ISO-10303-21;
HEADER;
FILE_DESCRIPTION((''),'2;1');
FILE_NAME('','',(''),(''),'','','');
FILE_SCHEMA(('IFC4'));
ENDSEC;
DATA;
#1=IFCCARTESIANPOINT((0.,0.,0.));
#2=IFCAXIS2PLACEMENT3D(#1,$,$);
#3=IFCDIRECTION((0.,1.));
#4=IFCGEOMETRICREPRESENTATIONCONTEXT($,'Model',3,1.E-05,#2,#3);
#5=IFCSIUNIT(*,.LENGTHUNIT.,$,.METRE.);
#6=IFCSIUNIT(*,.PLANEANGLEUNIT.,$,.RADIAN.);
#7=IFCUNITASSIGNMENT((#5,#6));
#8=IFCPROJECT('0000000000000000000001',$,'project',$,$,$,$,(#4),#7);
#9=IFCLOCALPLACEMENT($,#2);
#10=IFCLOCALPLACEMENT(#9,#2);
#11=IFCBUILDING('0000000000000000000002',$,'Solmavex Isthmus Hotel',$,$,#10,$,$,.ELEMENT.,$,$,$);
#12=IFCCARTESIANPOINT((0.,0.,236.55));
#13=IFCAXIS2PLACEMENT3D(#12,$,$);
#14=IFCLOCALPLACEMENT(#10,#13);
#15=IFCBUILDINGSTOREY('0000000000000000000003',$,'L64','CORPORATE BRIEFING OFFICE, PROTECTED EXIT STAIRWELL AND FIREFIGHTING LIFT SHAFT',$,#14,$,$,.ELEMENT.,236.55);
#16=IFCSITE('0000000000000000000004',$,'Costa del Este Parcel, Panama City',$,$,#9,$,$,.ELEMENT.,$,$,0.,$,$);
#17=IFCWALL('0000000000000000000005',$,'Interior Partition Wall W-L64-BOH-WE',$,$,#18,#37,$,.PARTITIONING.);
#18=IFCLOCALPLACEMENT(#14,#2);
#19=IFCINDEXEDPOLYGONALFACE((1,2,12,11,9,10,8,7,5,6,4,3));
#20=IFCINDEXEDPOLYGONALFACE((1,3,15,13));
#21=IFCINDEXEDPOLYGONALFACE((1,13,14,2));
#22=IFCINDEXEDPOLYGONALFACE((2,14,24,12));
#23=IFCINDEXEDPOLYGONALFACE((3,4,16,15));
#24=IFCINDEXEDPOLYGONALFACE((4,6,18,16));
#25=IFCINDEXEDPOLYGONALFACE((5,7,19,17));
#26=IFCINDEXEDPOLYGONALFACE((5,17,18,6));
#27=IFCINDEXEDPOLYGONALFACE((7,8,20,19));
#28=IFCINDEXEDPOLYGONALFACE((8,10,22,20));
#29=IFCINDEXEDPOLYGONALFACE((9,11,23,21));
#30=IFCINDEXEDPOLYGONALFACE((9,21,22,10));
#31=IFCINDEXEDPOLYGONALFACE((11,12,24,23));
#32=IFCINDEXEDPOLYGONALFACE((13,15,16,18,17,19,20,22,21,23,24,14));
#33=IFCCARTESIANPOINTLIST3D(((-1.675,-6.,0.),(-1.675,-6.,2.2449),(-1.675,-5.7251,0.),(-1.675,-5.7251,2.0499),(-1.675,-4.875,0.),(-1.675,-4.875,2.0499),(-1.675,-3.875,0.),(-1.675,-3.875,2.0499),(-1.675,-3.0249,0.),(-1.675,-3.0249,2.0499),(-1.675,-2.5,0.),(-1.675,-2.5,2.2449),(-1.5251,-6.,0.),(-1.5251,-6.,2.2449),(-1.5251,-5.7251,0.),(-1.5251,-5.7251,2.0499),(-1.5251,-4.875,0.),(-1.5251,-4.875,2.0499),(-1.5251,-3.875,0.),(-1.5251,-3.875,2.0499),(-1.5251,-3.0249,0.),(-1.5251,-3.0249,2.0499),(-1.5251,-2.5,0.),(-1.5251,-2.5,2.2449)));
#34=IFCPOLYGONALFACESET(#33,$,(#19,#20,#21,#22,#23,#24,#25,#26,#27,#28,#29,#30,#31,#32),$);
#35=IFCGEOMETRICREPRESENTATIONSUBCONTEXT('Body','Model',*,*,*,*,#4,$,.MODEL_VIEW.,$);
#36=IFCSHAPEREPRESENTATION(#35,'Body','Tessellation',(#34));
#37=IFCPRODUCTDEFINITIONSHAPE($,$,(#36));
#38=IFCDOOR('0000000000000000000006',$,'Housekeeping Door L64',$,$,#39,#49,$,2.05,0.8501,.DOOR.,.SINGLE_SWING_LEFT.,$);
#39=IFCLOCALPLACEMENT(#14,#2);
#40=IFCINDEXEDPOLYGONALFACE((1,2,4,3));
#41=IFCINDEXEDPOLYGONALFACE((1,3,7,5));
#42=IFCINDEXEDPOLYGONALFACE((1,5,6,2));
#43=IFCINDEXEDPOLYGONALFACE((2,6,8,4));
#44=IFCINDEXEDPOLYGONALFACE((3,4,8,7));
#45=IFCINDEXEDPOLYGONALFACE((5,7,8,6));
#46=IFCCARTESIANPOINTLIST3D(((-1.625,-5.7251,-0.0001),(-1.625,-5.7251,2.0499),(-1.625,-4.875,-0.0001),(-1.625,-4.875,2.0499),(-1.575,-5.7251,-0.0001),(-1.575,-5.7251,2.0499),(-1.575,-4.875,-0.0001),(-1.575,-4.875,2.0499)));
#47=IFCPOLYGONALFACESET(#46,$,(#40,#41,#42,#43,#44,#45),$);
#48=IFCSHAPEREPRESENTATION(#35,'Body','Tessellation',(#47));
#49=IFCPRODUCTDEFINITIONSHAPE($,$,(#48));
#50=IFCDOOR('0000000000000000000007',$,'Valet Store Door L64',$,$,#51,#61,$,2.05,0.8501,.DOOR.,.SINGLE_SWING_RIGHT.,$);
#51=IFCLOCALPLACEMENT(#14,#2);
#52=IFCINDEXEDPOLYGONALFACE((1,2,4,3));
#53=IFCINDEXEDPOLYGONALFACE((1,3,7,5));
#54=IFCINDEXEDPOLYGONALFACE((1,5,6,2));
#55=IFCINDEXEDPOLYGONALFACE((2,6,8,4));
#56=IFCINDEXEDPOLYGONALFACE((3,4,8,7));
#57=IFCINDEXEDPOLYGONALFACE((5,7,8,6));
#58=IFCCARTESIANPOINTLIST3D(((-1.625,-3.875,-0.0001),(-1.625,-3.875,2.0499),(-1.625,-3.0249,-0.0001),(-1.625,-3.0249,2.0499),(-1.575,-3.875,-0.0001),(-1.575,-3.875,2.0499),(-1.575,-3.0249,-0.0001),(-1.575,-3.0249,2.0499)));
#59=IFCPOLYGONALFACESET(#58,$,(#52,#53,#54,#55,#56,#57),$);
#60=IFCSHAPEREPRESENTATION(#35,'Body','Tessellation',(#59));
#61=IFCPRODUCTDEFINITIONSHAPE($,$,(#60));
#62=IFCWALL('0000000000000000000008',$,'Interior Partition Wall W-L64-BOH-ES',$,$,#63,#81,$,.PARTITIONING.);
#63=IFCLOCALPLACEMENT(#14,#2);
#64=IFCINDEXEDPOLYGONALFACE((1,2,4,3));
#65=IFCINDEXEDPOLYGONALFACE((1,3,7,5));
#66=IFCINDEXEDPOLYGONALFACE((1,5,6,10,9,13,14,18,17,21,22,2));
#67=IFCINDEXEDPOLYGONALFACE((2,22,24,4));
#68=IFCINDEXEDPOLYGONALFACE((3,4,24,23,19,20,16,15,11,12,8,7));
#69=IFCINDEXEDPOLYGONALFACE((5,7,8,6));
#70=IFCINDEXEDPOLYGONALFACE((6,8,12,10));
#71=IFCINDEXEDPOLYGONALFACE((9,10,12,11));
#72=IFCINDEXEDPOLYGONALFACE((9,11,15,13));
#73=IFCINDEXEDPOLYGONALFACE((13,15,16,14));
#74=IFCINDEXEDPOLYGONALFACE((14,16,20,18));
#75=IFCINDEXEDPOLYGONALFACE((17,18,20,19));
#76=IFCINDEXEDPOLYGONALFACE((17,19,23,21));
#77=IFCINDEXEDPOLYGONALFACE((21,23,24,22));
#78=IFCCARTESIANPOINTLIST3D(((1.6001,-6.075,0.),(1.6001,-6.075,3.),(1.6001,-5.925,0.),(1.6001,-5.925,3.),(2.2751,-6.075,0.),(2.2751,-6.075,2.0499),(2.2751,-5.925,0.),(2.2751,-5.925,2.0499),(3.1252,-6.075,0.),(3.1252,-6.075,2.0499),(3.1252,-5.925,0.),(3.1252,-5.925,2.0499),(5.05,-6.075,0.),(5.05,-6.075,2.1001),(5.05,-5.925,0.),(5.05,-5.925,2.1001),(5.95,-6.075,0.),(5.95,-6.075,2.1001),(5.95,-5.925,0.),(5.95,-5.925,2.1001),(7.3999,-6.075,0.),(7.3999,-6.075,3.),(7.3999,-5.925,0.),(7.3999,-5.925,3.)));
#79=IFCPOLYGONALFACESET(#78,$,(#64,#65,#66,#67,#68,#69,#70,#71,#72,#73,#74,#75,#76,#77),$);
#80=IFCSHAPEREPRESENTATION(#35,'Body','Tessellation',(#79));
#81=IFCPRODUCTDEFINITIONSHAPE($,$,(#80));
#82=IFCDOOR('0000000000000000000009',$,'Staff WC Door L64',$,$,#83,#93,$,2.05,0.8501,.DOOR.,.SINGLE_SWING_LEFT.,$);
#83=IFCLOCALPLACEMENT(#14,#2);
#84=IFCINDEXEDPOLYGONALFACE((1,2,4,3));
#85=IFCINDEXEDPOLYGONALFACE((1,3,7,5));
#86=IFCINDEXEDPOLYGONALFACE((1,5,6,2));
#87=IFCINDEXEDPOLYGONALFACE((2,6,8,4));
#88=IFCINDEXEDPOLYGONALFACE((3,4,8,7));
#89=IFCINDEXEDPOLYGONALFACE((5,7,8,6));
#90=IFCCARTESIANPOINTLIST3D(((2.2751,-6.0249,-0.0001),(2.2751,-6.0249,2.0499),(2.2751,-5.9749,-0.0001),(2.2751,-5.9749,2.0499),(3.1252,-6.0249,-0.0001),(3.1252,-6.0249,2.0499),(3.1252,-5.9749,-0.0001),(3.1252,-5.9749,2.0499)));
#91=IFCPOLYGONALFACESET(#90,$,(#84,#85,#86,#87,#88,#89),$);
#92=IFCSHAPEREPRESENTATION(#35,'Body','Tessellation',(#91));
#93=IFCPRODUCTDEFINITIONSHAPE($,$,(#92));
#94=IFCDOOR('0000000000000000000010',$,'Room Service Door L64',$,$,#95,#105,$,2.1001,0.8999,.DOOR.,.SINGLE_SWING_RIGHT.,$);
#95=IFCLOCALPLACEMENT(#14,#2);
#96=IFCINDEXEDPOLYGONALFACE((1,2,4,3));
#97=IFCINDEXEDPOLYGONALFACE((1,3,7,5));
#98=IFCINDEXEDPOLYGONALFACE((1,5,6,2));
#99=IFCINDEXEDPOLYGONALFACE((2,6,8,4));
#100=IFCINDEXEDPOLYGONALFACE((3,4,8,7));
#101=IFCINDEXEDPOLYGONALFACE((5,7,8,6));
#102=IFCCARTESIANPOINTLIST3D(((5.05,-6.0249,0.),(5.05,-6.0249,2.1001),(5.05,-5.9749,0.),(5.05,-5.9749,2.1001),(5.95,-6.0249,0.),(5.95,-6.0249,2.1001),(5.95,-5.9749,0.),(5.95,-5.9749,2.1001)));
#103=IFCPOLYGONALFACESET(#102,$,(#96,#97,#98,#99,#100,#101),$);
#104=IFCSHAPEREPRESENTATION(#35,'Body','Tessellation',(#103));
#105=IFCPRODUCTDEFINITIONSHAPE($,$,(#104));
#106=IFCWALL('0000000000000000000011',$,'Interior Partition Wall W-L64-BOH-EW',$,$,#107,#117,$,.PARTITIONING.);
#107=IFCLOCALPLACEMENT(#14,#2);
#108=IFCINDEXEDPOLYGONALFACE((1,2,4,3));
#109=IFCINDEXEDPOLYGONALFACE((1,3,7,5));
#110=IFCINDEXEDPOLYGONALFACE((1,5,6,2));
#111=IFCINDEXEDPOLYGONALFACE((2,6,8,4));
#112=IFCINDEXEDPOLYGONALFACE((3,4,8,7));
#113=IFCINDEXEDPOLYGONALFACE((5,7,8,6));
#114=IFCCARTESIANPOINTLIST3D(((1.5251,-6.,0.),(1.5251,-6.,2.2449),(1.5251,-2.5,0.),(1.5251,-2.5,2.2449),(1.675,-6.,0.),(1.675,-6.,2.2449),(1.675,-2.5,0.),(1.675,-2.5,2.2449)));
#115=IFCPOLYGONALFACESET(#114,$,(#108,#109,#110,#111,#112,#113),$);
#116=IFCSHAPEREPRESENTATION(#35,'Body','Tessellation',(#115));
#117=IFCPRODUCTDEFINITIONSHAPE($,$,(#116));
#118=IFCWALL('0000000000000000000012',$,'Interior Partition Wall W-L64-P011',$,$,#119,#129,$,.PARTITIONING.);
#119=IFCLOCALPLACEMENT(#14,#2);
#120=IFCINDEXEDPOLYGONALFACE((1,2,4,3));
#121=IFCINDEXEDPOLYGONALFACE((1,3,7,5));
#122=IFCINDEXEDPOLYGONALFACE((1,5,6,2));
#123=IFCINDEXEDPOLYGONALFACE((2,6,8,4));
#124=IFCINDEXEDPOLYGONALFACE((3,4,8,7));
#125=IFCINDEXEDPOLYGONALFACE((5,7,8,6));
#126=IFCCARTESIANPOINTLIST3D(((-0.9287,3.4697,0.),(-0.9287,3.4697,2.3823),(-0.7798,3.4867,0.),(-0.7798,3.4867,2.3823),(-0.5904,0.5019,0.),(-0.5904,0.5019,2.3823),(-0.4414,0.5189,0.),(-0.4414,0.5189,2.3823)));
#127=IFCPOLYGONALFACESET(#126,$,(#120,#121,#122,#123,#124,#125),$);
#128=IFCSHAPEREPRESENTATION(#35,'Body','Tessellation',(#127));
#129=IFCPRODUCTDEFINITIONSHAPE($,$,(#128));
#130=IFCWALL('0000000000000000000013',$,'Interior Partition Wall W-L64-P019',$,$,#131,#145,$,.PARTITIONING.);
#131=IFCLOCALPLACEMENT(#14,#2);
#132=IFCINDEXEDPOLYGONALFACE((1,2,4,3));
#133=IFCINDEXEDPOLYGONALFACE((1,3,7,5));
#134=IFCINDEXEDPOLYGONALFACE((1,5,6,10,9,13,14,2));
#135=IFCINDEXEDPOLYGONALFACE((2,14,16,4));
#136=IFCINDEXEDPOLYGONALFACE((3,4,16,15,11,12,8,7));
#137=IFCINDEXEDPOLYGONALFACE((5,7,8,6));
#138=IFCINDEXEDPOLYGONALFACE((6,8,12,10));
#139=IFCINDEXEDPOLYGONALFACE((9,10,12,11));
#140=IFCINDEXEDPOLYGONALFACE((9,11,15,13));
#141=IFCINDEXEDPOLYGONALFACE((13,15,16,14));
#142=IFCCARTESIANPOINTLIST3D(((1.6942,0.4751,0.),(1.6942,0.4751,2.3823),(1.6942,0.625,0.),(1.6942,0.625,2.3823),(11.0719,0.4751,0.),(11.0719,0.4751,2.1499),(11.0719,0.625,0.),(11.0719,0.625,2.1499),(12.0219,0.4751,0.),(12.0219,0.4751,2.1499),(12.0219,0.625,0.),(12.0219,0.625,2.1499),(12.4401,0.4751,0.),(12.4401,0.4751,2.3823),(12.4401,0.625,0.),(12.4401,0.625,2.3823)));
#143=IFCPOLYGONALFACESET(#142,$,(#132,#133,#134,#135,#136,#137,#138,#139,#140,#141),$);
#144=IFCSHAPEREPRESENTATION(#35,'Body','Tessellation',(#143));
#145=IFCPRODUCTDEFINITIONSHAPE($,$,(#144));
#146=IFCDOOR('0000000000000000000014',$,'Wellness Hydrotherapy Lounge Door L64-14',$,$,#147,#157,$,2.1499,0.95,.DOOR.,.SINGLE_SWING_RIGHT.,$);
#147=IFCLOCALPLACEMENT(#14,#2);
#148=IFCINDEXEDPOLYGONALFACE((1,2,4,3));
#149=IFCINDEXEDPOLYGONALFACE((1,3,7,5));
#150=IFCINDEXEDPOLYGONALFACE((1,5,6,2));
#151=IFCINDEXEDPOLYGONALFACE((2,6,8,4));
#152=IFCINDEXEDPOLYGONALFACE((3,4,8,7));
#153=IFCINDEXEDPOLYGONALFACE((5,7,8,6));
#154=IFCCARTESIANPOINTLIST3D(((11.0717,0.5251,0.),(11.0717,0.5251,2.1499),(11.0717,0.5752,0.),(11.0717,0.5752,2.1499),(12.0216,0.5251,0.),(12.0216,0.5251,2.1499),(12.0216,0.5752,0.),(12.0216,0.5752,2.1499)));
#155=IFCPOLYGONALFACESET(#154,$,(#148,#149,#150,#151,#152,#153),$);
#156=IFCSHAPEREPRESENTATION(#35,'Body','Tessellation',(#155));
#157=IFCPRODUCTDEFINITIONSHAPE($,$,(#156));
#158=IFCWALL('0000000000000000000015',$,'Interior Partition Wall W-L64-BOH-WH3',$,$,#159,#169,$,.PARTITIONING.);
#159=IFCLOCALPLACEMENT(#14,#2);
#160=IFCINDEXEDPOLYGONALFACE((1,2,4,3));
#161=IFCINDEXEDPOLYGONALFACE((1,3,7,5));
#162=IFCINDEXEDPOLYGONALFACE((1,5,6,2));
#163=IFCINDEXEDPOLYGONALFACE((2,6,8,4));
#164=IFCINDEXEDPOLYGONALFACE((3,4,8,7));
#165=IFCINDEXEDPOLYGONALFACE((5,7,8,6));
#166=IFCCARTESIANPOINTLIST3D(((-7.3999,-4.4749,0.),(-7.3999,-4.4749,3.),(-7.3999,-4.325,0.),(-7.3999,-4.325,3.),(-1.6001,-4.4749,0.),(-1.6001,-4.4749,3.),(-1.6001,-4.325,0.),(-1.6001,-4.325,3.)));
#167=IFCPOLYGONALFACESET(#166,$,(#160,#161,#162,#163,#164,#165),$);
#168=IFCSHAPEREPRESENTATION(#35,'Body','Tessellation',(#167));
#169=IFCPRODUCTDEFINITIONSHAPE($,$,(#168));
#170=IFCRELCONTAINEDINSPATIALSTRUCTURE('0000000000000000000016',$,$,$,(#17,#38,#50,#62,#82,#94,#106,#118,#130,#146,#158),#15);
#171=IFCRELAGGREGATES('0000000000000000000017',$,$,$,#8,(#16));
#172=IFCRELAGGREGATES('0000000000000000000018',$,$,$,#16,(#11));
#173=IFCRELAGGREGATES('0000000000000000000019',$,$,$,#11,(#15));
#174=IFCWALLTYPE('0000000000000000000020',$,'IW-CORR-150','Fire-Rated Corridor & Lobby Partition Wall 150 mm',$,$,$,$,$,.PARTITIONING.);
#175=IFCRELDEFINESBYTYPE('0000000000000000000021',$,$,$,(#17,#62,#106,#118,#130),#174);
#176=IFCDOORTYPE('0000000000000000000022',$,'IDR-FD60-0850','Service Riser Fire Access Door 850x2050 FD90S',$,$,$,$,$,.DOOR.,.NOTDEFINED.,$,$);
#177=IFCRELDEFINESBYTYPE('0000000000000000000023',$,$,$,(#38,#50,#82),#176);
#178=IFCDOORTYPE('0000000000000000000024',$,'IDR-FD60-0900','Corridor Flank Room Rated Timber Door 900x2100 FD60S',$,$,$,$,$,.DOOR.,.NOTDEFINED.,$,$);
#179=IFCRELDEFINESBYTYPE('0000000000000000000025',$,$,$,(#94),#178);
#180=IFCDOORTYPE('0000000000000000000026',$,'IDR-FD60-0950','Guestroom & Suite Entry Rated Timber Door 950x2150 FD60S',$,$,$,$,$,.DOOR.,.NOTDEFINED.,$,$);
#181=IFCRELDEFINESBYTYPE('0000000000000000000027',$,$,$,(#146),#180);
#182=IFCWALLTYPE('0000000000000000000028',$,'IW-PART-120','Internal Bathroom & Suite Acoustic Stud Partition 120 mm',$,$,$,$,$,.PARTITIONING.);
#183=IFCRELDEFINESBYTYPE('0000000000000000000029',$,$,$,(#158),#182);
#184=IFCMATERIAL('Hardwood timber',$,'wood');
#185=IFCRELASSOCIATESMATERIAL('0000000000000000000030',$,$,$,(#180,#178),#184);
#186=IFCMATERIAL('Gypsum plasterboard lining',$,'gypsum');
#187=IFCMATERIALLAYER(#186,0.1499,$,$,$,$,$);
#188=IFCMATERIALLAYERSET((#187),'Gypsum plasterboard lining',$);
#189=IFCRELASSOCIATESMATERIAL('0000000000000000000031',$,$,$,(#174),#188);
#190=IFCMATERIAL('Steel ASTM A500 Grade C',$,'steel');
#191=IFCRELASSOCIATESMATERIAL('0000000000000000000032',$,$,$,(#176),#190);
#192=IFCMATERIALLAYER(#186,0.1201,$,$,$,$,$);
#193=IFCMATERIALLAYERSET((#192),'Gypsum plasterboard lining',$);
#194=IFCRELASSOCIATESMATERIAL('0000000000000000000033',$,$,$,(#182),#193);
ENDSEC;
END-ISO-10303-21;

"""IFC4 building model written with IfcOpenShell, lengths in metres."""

from ifc_helpers import new_model, si_unit, direction, frame, frame_2d, origin, place, context, subcontext, project, spatial, rectangle, extrude, material, layer, layer_set, type_object, element, fill, save


model = new_model("IFC4")

# Units and contexts
model_context = context("Model", 3, precision=1e-05, world=origin(), true_north=direction((0.0, 1.0)))
body_context = subcontext(model_context, "Body", "Model", "MODEL_VIEW")
ifc_project = project(units=[si_unit("LENGTHUNIT", "METRE"), si_unit("PLANEANGLEUNIT", "RADIAN")], contexts=[model_context])

# Site, building, storey
site_placement = place(None, origin())
site = spatial("IfcSite", under=ifc_project, at=site_placement, Name="Costa del Este Parcel, Panama City", CompositionType="ELEMENT", RefElevation=0.0)
building_placement = place(site_placement, origin())
building = spatial("IfcBuilding", under=site, at=building_placement, Name="Solmavex Isthmus Hotel", CompositionType="ELEMENT")
storey_placement = place(building_placement, frame((0.0, 0.0, 236.55)))
storey = spatial("IfcBuildingStorey", under=building, at=storey_placement, Name="L64", Description="CORPORATE BRIEFING OFFICE, PROTECTED EXIT STAIRWELL AND FIREFIGHTING LIFT SHAFT", CompositionType="ELEMENT", Elevation=236.55)

# Shared definitions
ifc_material_1 = material(Name="Gypsum plasterboard lining", Category="gypsum")
ifc_material_2 = material(Name="Hardwood timber", Category="wood")
door_type_1 = type_object("IfcDoorType", Name="IDR-FD60-0950", Description="Guestroom & Suite Entry Rated Timber Door 950x2150 FD60S", OperationType="NOTDEFINED", PredefinedType="DOOR", material=ifc_material_2)

# Shared definitions
ifc_layer_1 = layer(ifc_material_1, 0.1499)
ifc_layer_set_1 = layer_set([ifc_layer_1], Name="Gypsum plasterboard lining")
wall_type_1 = type_object("IfcWallType", Name="IW-CORR-150", Description="Fire-Rated Corridor & Lobby Partition Wall 150 mm", PredefinedType="PARTITIONING", material=ifc_layer_set_1)

# Walls, openings, doors
wall_1_placement = place(storey_placement, frame((-1.6001, -6.0, 0.0), z_axis=(0.0, 0.0, 1.0), x_axis=(0.0, 1.0, 0.0)))
wall_1 = element("IfcWall", 1, at=wall_1_placement, inside=storey, type_object=wall_type_1, Name="Interior Partition Wall W-L64-BOH-WE", PredefinedType="PARTITIONING", context=body_context, shape_type="SweptSolid", body=[
    extrude(rectangle(XDim=3.5, YDim=0.1499, at=frame_2d((1.75, 0.0))), origin(), (0.0, 0.0, 1.0), 2.2449),
])
opening_1_placement = place(wall_1_placement, frame((0.2749, 0.0, 0.0)))
opening_1 = element("IfcOpeningElement", 2, at=opening_1_placement, cuts=wall_1, PredefinedType="OPENING", context=body_context, shape_type="SweptSolid", body=[
    extrude(rectangle(XDim=0.8501, YDim=2.05, at=frame_2d((0.425, 1.0249))), frame((0.0, 0.085, 0.0), z_axis=(0.0, -1.0, 0.0), x_axis=(1.0, 0.0, 0.0)), (0.0, 0.0, 1.0), 0.1699),
])
opening_2_placement = place(wall_1_placement, frame((2.125, 0.0, 0.0)))
opening_2 = element("IfcOpeningElement", 3, at=opening_2_placement, cuts=wall_1, PredefinedType="OPENING", context=body_context, shape_type="SweptSolid", body=[
    extrude(rectangle(XDim=0.8501, YDim=2.05, at=frame_2d((0.425, 1.0249))), frame((0.0, 0.085, 0.0), z_axis=(0.0, -1.0, 0.0), x_axis=(1.0, 0.0, 0.0)), (0.0, 0.0, 1.0), 0.1699),
])
ifc_material_3 = material(Name="Steel ASTM A500 Grade C", Category="steel")
door_type_2 = type_object("IfcDoorType", Name="IDR-FD60-0850", Description="Service Riser Fire Access Door 850x2050 FD90S", OperationType="NOTDEFINED", PredefinedType="DOOR", material=ifc_material_3)
door_1_placement = place(opening_1_placement, origin())
door_1 = element("IfcDoor", 4, at=door_1_placement, inside=storey, type_object=door_type_2, Name="Housekeeping Door L64", OperationType="SINGLE_SWING_LEFT", OverallHeight=2.05, OverallWidth=0.8501, PredefinedType="DOOR", context=body_context, shape_type="SweptSolid", body=[
    extrude(rectangle(XDim=0.8501, YDim=2.05, at=frame_2d((0.425, 1.0249))), frame((0.0, 0.0249, 0.0), z_axis=(0.0, -1.0, 0.0), x_axis=(1.0, 0.0, 0.0)), (0.0, 0.0, 1.0), 0.05),
])
fill(opening_1, door_1)
door_2_placement = place(opening_2_placement, origin())
door_2 = element("IfcDoor", 5, at=door_2_placement, inside=storey, type_object=door_type_2, Name="Valet Store Door L64", OperationType="SINGLE_SWING_RIGHT", OverallHeight=2.05, OverallWidth=0.8501, PredefinedType="DOOR", context=body_context, shape_type="SweptSolid", body=[
    extrude(rectangle(XDim=0.8501, YDim=2.05, at=frame_2d((0.425, 1.0249))), frame((0.0, 0.0249, 0.0), z_axis=(0.0, -1.0, 0.0), x_axis=(1.0, 0.0, 0.0)), (0.0, 0.0, 1.0), 0.05),
])
fill(opening_2, door_2)
wall_2_placement = place(storey_placement, frame((1.6001, -6.0, 0.0), z_axis=(0.0, 0.0, 1.0), x_axis=(1.0, 0.0, 0.0)))
wall_2 = element("IfcWall", 6, at=wall_2_placement, inside=storey, type_object=wall_type_1, Name="Interior Partition Wall W-L64-BOH-ES", PredefinedType="PARTITIONING", context=body_context, shape_type="SweptSolid", body=[
    extrude(rectangle(XDim=5.7998, YDim=0.1499, at=frame_2d((2.8999, 0.0))), origin(), (0.0, 0.0, 1.0), 3.0),
])
opening_3_placement = place(wall_2_placement, frame((0.675, 0.0, 0.0)))
opening_3 = element("IfcOpeningElement", 7, at=opening_3_placement, cuts=wall_2, PredefinedType="OPENING", context=body_context, shape_type="SweptSolid", body=[
    extrude(rectangle(XDim=0.8501, YDim=2.05, at=frame_2d((0.425, 1.0249))), frame((0.0, 0.085, 0.0), z_axis=(0.0, -1.0, 0.0), x_axis=(1.0, 0.0, 0.0)), (0.0, 0.0, 1.0), 0.1699),
])
opening_4_placement = place(wall_2_placement, frame((3.45, 0.0, 0.0)))
opening_4 = element("IfcOpeningElement", 8, at=opening_4_placement, cuts=wall_2, PredefinedType="OPENING", context=body_context, shape_type="SweptSolid", body=[
    extrude(rectangle(XDim=0.8999, YDim=2.1001, at=frame_2d((0.45, 1.05))), frame((0.0, 0.085, 0.0), z_axis=(0.0, -1.0, 0.0), x_axis=(1.0, 0.0, 0.0)), (0.0, 0.0, 1.0), 0.1699),
])
door_3_placement = place(opening_3_placement, frame((0.8501, 0.0, 0.0), z_axis=(0.0, 0.0, 1.0), x_axis=(-1.0, 0.0, 0.0)))
door_3 = element("IfcDoor", 9, at=door_3_placement, inside=storey, type_object=door_type_2, Name="Staff WC Door L64", OperationType="SINGLE_SWING_LEFT", OverallHeight=2.05, OverallWidth=0.8501, PredefinedType="DOOR", context=body_context, shape_type="SweptSolid", body=[
    extrude(rectangle(XDim=0.8501, YDim=2.05, at=frame_2d((0.425, 1.0249))), frame((0.0, 0.0249, 0.0), z_axis=(0.0, -1.0, 0.0), x_axis=(1.0, 0.0, 0.0)), (0.0, 0.0, 1.0), 0.05),
])
fill(opening_3, door_3)
door_type_3 = type_object("IfcDoorType", Name="IDR-FD60-0900", Description="Corridor Flank Room Rated Timber Door 900x2100 FD60S", OperationType="NOTDEFINED", PredefinedType="DOOR", material=ifc_material_2)
door_4_placement = place(opening_4_placement, frame((0.8999, 0.0, 0.0), z_axis=(0.0, 0.0, 1.0), x_axis=(-1.0, 0.0, 0.0)))
door_4 = element("IfcDoor", 10, at=door_4_placement, inside=storey, type_object=door_type_3, Name="Room Service Door L64", OperationType="SINGLE_SWING_RIGHT", OverallHeight=2.1001, OverallWidth=0.8999, PredefinedType="DOOR", context=body_context, shape_type="SweptSolid", body=[
    extrude(rectangle(XDim=0.8999, YDim=2.1001, at=frame_2d((0.45, 1.05))), frame((0.0, 0.0249, 0.0), z_axis=(0.0, -1.0, 0.0), x_axis=(1.0, 0.0, 0.0)), (0.0, 0.0, 1.0), 0.05),
])
fill(opening_4, door_4)

# Walls
wall_3_placement = place(storey_placement, frame((1.6001, -6.0, 0.0), z_axis=(0.0, 0.0, 1.0), x_axis=(0.0, 1.0, 0.0)))
element("IfcWall", 11, at=wall_3_placement, inside=storey, type_object=wall_type_1, Name="Interior Partition Wall W-L64-BOH-EW", PredefinedType="PARTITIONING", context=body_context, shape_type="SweptSolid", body=[
    extrude(rectangle(XDim=3.5, YDim=0.1499, at=frame_2d((1.75, 0.0))), origin(), (0.0, 0.0, 1.0), 2.2449),
])
wall_4_placement = place(storey_placement, frame((-0.5159, 0.5103, 0.0), z_axis=(0.0, 0.0, 1.0), x_axis=(-0.113284, 0.993563, 0.0)))
element("IfcWall", 12, at=wall_4_placement, inside=storey, type_object=wall_type_1, Name="Interior Partition Wall W-L64-P011", PredefinedType="PARTITIONING", context=body_context, shape_type="SweptSolid", body=[
    extrude(rectangle(XDim=2.9871, YDim=0.1499, at=frame_2d((1.4937, 0.0))), origin(), (0.0, 0.0, 1.0), 2.3823),
])

# Wall, opening, door
wall_5_placement = place(storey_placement, frame((1.6941, 0.55, 0.0), z_axis=(0.0, 0.0, 1.0), x_axis=(1.0, 0.0, 0.0)))
wall_5 = element("IfcWall", 13, at=wall_5_placement, inside=storey, type_object=wall_type_1, Name="Interior Partition Wall W-L64-P019", PredefinedType="PARTITIONING", context=body_context, shape_type="SweptSolid", body=[
    extrude(rectangle(XDim=10.7458, YDim=0.1499, at=frame_2d((5.373, 0.0))), origin(), (0.0, 0.0, 1.0), 2.3823),
])
opening_5_placement = place(wall_5_placement, frame((9.3777, 0.0, 0.0)))
opening_5 = element("IfcOpeningElement", 14, at=opening_5_placement, cuts=wall_5, PredefinedType="OPENING", context=body_context, shape_type="SweptSolid", body=[
    extrude(rectangle(XDim=0.95, YDim=2.1499, at=frame_2d((0.4751, 1.075))), frame((0.0, 0.085, 0.0), z_axis=(0.0, -1.0, 0.0), x_axis=(1.0, 0.0, 0.0)), (0.0, 0.0, 1.0), 0.1699),
])
door_5_placement = place(opening_5_placement, frame((0.95, 0.0, 0.0), z_axis=(0.0, 0.0, 1.0), x_axis=(-1.0, 0.0, 0.0)))
door_5 = element("IfcDoor", 15, at=door_5_placement, inside=storey, type_object=door_type_1, Name="Wellness Hydrotherapy Lounge Door L64-14", OperationType="SINGLE_SWING_RIGHT", OverallHeight=2.1499, OverallWidth=0.95, PredefinedType="DOOR", context=body_context, shape_type="SweptSolid", body=[
    extrude(rectangle(XDim=0.95, YDim=2.1499, at=frame_2d((0.4751, 1.075))), frame((0.0, 0.0249, 0.0), z_axis=(0.0, -1.0, 0.0), x_axis=(1.0, 0.0, 0.0)), (0.0, 0.0, 1.0), 0.05),
])
fill(opening_5, door_5)

# Wall
ifc_layer_2 = layer(ifc_material_1, 0.1201)
ifc_layer_set_2 = layer_set([ifc_layer_2], Name="Gypsum plasterboard lining")
wall_type_2 = type_object("IfcWallType", Name="IW-PART-120", Description="Internal Bathroom & Suite Acoustic Stud Partition 120 mm", PredefinedType="PARTITIONING", material=ifc_layer_set_2)
wall_6_placement = place(storey_placement, frame((-7.3999, -4.3999, 0.0), z_axis=(0.0, 0.0, 1.0), x_axis=(1.0, 0.0, 0.0)))
element("IfcWall", 16, at=wall_6_placement, inside=storey, type_object=wall_type_2, Name="Interior Partition Wall W-L64-BOH-WH3", PredefinedType="PARTITIONING", context=body_context, shape_type="SweptSolid", body=[
    extrude(rectangle(XDim=5.7998, YDim=0.1499, at=frame_2d((2.8999, 0.0))), origin(), (0.0, 0.0, 1.0), 3.0),
])

save(model, "model.ifc")
